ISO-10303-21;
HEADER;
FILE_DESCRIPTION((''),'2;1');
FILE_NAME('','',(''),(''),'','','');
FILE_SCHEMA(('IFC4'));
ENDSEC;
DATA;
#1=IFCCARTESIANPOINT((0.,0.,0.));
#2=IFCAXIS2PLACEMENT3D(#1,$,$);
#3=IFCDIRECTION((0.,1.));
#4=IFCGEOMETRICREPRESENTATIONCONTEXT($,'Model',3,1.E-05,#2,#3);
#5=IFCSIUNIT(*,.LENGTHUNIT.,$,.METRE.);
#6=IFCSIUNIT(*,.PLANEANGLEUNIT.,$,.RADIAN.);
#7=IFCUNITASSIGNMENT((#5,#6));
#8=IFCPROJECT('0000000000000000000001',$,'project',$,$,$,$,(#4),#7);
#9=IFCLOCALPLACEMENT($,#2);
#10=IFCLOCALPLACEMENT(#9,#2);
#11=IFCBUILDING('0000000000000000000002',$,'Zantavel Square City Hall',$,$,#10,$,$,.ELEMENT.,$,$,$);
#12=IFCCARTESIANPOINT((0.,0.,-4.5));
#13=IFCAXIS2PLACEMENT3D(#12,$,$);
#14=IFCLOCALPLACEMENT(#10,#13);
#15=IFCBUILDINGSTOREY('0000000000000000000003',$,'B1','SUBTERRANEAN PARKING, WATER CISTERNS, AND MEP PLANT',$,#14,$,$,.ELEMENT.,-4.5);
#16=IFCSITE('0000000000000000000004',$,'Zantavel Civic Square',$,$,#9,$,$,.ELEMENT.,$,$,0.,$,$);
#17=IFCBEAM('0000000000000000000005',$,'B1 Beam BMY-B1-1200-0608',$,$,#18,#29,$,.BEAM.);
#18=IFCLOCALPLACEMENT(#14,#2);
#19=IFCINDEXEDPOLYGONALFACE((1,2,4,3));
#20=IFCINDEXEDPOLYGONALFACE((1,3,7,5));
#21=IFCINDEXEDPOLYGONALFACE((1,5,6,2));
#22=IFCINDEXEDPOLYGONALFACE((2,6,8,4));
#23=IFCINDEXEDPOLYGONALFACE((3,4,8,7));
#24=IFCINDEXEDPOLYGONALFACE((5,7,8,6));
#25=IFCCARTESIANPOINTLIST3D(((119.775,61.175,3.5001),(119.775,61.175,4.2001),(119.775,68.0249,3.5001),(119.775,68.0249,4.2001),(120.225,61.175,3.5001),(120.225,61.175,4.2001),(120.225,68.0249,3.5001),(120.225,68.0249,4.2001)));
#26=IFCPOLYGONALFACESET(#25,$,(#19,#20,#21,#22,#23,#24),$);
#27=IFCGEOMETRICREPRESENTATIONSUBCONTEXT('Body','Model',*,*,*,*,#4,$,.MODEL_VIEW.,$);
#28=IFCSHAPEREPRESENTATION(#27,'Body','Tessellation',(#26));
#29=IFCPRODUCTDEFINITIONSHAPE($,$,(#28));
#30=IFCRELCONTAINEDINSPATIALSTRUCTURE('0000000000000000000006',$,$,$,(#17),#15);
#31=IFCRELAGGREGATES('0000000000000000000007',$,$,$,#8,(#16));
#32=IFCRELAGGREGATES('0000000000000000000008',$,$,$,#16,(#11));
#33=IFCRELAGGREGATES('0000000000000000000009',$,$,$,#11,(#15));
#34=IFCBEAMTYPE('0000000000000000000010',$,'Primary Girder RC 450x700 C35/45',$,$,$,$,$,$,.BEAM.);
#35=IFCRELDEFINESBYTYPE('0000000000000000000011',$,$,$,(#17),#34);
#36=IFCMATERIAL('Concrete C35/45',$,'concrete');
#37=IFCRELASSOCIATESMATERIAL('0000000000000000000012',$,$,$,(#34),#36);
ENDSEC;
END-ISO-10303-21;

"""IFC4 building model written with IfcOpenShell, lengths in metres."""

from ifc_helpers import new_model, si_unit, direction, frame, origin, origin_2d, place, context, subcontext, project, spatial, rectangle, extrude, material, material_profile, profile_set, type_object, element, save


model = new_model("IFC4")

# Units and contexts
model_context = context("Model", 3, precision=1e-05, world=origin(), true_north=direction((0.0, 1.0)))
body_context = subcontext(model_context, "Body", "Model", "MODEL_VIEW")
ifc_project = project(units=[si_unit("LENGTHUNIT", "METRE"), si_unit("PLANEANGLEUNIT", "RADIAN")], contexts=[model_context])

# Site, building, storey
site_placement = place(None, origin())
site = spatial("IfcSite", under=ifc_project, at=site_placement, Name="Zantavel Civic Square", CompositionType="ELEMENT", RefElevation=0.0)
building_placement = place(site_placement, origin())
building = spatial("IfcBuilding", under=site, at=building_placement, Name="Zantavel Square City Hall", CompositionType="ELEMENT")
storey_placement = place(building_placement, frame((0.0, 0.0, -4.5)))
storey = spatial("IfcBuildingStorey", under=building, at=storey_placement, Name="B1", Description="SUBTERRANEAN PARKING, WATER CISTERNS, AND MEP PLANT", CompositionType="ELEMENT", Elevation=-4.5)

# Shared definitions
ifc_material_1 = material(Name="Concrete C35/45", Category="concrete")

# Beam
ifc_material_profile_1 = material_profile(ifc_material_1, rectangle(XDim=0.45, YDim=0.7, at=origin_2d()), Name="RC 450x700")
ifc_profile_set_1 = profile_set([ifc_material_profile_1], Name="Concrete C35/45")
beam_type_1 = type_object("IfcBeamType", Name="Primary Girder RC 450x700 C35/45", PredefinedType="BEAM", material=ifc_profile_set_1)
beam_1_placement = place(storey_placement, frame((120.0, 61.175, 3.8501), z_axis=(0.0, 1.0, 0.0), x_axis=(-1.0, 0.0, 0.0)))
element("IfcBeam", 1, at=beam_1_placement, inside=storey, type_object=beam_type_1, Name="B1 Beam BMY-B1-1200-0608", PredefinedType="BEAM", context=body_context, shape_type="SweptSolid", body=[
    extrude(rectangle(XDim=0.45, YDim=0.7, at=origin_2d()), origin(), (0.0, 0.0, 1.0), 6.8499),
])

save(model, "model.ifc")
